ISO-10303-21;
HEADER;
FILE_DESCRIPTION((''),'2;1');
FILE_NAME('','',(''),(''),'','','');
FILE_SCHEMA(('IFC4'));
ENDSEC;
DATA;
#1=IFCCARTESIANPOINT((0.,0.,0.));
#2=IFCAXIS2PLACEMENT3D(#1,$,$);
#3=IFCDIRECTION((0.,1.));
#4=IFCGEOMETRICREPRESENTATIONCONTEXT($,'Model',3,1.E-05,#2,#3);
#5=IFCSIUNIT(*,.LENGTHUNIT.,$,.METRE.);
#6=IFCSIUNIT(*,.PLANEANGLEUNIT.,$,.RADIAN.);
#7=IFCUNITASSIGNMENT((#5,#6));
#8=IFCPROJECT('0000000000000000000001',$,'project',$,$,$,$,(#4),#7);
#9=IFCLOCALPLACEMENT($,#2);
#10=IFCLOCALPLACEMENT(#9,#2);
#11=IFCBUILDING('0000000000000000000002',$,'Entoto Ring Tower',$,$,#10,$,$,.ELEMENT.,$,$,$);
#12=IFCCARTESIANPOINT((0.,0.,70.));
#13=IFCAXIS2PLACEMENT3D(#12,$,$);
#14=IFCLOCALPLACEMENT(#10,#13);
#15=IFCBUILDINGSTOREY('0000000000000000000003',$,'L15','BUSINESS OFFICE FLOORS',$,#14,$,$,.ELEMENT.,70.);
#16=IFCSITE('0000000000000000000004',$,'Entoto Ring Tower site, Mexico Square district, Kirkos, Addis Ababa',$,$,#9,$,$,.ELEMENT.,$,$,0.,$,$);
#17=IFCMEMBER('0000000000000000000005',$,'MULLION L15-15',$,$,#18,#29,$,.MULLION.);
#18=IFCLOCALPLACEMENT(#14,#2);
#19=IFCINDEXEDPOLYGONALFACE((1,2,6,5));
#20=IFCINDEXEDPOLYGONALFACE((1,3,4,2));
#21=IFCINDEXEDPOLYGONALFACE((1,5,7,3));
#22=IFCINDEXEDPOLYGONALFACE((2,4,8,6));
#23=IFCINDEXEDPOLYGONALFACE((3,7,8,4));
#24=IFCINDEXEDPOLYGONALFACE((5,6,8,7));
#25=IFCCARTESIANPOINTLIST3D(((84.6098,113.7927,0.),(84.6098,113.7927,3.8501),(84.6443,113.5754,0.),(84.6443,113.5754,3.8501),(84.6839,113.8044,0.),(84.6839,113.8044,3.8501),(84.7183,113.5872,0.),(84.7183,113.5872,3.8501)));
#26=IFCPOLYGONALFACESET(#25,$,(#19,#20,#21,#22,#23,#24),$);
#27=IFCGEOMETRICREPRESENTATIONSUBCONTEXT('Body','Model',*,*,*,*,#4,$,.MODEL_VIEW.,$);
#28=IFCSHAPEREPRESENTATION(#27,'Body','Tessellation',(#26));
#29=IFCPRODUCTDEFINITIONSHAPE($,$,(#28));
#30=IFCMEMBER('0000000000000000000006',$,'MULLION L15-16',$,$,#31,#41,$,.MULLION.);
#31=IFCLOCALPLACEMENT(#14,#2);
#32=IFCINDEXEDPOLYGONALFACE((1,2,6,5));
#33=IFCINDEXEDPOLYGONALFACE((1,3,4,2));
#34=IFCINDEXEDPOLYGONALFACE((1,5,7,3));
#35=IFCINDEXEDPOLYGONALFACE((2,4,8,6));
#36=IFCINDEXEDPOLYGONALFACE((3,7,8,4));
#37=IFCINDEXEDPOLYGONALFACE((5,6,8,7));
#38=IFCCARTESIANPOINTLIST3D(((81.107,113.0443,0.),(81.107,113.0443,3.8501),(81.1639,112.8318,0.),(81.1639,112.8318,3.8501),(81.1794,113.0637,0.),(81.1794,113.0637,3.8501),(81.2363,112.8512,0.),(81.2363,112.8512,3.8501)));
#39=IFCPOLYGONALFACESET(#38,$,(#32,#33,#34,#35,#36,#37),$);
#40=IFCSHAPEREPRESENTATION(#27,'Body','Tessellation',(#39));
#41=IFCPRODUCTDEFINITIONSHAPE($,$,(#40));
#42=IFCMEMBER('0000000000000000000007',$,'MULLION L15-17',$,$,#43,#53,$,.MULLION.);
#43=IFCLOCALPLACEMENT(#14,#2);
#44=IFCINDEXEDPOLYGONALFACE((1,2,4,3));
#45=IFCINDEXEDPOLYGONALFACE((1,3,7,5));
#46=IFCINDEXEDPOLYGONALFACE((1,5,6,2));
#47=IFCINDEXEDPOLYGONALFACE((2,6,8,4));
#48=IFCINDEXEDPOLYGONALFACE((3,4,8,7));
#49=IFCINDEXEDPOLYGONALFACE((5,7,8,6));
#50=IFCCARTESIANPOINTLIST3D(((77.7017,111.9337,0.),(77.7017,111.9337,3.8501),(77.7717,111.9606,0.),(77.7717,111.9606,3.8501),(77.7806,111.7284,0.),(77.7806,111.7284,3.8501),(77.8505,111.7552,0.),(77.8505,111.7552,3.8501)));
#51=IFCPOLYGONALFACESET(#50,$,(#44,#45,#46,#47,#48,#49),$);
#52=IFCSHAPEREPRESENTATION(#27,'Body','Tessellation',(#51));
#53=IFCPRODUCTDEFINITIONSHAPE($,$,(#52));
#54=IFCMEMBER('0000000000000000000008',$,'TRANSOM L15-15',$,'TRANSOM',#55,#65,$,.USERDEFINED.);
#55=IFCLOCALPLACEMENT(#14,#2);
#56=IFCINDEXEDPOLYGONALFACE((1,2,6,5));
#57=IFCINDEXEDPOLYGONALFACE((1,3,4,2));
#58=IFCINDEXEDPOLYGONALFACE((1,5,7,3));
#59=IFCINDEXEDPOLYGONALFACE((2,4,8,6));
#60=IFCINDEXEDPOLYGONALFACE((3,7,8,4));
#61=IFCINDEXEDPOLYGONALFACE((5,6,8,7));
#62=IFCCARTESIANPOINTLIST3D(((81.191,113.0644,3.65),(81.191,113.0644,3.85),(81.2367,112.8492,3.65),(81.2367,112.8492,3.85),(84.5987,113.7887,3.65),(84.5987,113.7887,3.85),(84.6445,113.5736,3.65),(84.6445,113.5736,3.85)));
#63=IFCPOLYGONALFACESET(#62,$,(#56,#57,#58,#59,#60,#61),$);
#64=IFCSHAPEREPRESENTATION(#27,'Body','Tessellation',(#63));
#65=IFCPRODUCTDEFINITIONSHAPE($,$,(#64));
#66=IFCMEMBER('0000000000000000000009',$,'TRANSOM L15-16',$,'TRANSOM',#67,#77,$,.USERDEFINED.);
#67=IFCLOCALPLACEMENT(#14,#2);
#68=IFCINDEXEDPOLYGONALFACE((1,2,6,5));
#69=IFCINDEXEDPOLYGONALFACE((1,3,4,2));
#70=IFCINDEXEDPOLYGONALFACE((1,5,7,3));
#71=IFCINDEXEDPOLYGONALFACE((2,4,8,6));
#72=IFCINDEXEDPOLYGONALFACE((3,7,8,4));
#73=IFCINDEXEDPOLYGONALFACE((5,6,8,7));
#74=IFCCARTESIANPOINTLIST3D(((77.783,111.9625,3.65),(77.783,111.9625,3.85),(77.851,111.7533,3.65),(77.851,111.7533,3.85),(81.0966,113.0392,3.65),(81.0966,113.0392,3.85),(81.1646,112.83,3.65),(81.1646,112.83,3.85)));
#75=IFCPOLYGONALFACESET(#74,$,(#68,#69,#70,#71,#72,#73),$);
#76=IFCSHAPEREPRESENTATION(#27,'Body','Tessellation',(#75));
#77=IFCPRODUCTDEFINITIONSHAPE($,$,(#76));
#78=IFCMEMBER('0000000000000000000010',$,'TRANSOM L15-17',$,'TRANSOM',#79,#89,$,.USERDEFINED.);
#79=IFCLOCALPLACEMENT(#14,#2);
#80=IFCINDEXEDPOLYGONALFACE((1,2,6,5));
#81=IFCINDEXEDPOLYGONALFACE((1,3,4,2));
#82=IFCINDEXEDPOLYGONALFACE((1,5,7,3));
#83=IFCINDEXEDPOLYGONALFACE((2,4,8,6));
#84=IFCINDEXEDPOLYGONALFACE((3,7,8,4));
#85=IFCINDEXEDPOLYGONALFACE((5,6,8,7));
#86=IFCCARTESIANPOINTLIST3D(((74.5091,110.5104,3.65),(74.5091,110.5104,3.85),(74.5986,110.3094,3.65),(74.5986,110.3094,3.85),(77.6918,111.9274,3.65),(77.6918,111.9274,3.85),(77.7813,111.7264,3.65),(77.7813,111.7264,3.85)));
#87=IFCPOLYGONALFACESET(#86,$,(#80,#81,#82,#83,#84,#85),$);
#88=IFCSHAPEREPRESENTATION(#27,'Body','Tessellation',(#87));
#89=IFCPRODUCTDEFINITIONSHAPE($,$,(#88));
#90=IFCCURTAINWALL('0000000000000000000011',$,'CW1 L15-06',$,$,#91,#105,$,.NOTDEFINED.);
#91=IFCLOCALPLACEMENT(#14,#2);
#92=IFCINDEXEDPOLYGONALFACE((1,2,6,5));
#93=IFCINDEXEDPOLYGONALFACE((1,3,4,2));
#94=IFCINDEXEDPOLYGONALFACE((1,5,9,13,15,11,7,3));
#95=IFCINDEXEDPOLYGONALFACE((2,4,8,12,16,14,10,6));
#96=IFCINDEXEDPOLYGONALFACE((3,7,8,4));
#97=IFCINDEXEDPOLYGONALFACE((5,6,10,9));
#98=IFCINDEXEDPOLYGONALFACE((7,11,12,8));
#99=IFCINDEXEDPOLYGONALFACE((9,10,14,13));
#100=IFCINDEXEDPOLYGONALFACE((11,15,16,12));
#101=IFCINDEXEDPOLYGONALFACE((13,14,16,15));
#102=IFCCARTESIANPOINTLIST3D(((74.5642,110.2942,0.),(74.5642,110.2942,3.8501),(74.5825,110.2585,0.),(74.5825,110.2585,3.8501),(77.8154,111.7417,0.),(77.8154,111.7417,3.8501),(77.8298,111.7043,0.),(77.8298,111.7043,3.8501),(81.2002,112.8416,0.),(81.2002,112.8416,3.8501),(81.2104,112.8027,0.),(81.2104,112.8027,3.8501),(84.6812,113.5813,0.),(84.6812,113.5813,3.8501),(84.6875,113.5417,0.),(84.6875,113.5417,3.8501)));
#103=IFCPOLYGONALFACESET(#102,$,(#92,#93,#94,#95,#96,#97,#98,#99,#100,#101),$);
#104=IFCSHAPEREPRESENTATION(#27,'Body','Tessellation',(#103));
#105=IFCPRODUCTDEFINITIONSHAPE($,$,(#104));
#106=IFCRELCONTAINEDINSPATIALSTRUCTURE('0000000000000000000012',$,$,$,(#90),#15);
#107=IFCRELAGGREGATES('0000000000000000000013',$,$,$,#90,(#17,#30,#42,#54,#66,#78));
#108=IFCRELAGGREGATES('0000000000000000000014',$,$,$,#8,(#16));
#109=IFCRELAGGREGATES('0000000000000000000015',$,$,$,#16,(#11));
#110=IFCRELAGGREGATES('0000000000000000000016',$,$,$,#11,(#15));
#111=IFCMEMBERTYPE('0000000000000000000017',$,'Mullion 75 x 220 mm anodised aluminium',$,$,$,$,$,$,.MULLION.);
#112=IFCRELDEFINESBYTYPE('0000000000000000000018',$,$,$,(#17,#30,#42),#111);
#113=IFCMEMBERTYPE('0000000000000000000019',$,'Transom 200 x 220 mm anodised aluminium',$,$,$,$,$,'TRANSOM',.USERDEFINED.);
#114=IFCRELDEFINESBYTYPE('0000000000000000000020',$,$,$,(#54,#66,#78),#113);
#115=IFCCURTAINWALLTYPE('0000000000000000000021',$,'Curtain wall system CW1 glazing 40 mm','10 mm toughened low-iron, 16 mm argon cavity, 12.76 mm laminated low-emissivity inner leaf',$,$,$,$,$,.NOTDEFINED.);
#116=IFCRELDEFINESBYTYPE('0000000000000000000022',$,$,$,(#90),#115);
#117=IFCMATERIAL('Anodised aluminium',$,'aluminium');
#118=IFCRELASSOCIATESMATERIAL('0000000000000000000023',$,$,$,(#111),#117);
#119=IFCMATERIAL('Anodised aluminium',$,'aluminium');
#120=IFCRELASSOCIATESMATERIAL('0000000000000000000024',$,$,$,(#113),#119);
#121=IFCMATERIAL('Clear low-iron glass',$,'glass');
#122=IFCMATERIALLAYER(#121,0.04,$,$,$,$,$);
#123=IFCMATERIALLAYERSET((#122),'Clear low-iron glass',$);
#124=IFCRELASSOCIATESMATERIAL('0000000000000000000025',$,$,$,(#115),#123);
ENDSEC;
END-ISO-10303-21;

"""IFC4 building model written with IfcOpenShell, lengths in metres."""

from ifc_helpers import new_model, si_unit, direction, frame, origin, origin_2d, place, context, subcontext, project, spatial, polyline, rectangle, outline, extrude, material, layer, layer_set, material_profile, profile_set, type_object, element, aggregate, save


model = new_model("IFC4")

# Units and contexts
model_context = context("Model", 3, precision=1e-05, world=origin(), true_north=direction((0.0, 1.0)))
body_context = subcontext(model_context, "Body", "Model", "MODEL_VIEW")
ifc_project = project(units=[si_unit("LENGTHUNIT", "METRE"), si_unit("PLANEANGLEUNIT", "RADIAN")], contexts=[model_context])

# Members
ifc_material_1 = material(Name="Anodised aluminium", Category="aluminium")
ifc_material_profile_1 = material_profile(ifc_material_1, rectangle(XDim=0.075, YDim=0.22, at=origin_2d()), Name="Mullion 75 x 220 mm anodised aluminium")
ifc_profile_set_1 = profile_set([ifc_material_profile_1], Name="Anodised aluminium")
member_type_1 = type_object("IfcMemberType", Name="Mullion 75 x 220 mm anodised aluminium", PredefinedType="MULLION", material=ifc_profile_set_1)
site_placement = place(None, origin())
building_placement = place(site_placement, origin())
storey_placement = place(building_placement, frame((0.0, 0.0, 70.0)))
member_1_placement = place(storey_placement, frame((84.6641, 113.6899, 0.0), z_axis=(0.0, 0.0, 1.0), x_axis=(-0.987688, -0.156434, 0.0)))
member_1 = element("IfcMember", 1, at=member_1_placement, type_object=member_type_1, Name="MULLION L15-15", PredefinedType="MULLION", context=body_context, shape_type="SweptSolid", body=[
    extrude(rectangle(XDim=0.075, YDim=0.22, at=origin_2d()), origin(), (0.0, 0.0, 1.0), 3.8501),
])
member_2_placement = place(storey_placement, frame((81.1716, 112.9478, 0.0), z_axis=(0.0, 0.0, 1.0), x_axis=(-0.965926, -0.258819, 0.0)))
member_2 = element("IfcMember", 2, at=member_2_placement, type_object=member_type_1, Name="MULLION L15-16", PredefinedType="MULLION", context=body_context, shape_type="SweptSolid", body=[
    extrude(rectangle(XDim=0.075, YDim=0.22, at=origin_2d()), origin(), (0.0, 0.0, 1.0), 3.8501),
])
member_3_placement = place(storey_placement, frame((77.7761, 111.8445, 0.0), z_axis=(0.0, 0.0, 1.0), x_axis=(-0.93358, -0.358368, 0.0)))
member_3 = element("IfcMember", 3, at=member_3_placement, type_object=member_type_1, Name="MULLION L15-17", PredefinedType="MULLION", context=body_context, shape_type="SweptSolid", body=[
    extrude(rectangle(XDim=0.075, YDim=0.22, at=origin_2d()), origin(), (0.0, 0.0, 1.0), 3.8501),
])
ifc_material_2 = material(Name="Anodised aluminium", Category="aluminium")
ifc_material_profile_2 = material_profile(ifc_material_2, rectangle(XDim=0.22, YDim=0.2, at=origin_2d()), Name="Transom 200 x 220 mm anodised aluminium")
ifc_profile_set_2 = profile_set([ifc_material_profile_2], Name="Anodised aluminium")
member_type_2 = type_object("IfcMemberType", Name="Transom 200 x 220 mm anodised aluminium", ElementType="TRANSOM", PredefinedType="USERDEFINED", material=ifc_profile_set_2)
member_4_placement = place(storey_placement, frame((84.6216, 113.6812, 3.75), z_axis=(-0.978146, -0.207921, 0.0), x_axis=(0.207921, -0.978146, 0.0)))
member_4 = element("IfcMember", 4, at=member_4_placement, type_object=member_type_2, Name="TRANSOM L15-15", ObjectType="TRANSOM", PredefinedType="USERDEFINED", context=body_context, shape_type="SweptSolid", body=[
    extrude(rectangle(XDim=0.22, YDim=0.2, at=origin_2d()), origin(), (0.0, 0.0, 1.0), 3.4839),
])
member_5_placement = place(storey_placement, frame((81.1306, 112.9346, 3.75), z_axis=(-0.951053, -0.309029, 0.0), x_axis=(0.309029, -0.951053, 0.0)))
member_5 = element("IfcMember", 5, at=member_5_placement, type_object=member_type_2, Name="TRANSOM L15-16", ObjectType="TRANSOM", PredefinedType="USERDEFINED", context=body_context, shape_type="SweptSolid", body=[
    extrude(rectangle(XDim=0.22, YDim=0.2, at=origin_2d()), origin(), (0.0, 0.0, 1.0), 3.4841),
])
member_6_placement = place(storey_placement, frame((77.7366, 111.8269, 3.75), z_axis=(-0.913545, -0.406737, 0.0), x_axis=(0.406737, -0.913545, 0.0)))
member_6 = element("IfcMember", 6, at=member_6_placement, type_object=member_type_2, Name="TRANSOM L15-17", ObjectType="TRANSOM", PredefinedType="USERDEFINED", context=body_context, shape_type="SweptSolid", body=[
    extrude(rectangle(XDim=0.22, YDim=0.2, at=origin_2d()), origin(), (0.0, 0.0, 1.0), 3.4839),
])

# Site, building, storey
site = spatial("IfcSite", under=ifc_project, at=site_placement, Name="Entoto Ring Tower site, Mexico Square district, Kirkos, Addis Ababa", CompositionType="ELEMENT", RefElevation=0.0)
building = spatial("IfcBuilding", under=site, at=building_placement, Name="Entoto Ring Tower", CompositionType="ELEMENT")
storey = spatial("IfcBuildingStorey", under=building, at=storey_placement, Name="L15", Description="BUSINESS OFFICE FLOORS", CompositionType="ELEMENT", Elevation=70.0)

# Curtain wall
ifc_material_3 = material(Name="Clear low-iron glass", Category="glass")
ifc_layer = layer(ifc_material_3, 0.04)
ifc_layer_set = layer_set([ifc_layer], Name="Clear low-iron glass")
curtain_wall_type = type_object("IfcCurtainWallType", Name="Curtain wall system CW1 glazing 40 mm", Description="10 mm toughened low-iron, 16 mm argon cavity, 12.76 mm laminated low-emissivity inner leaf", PredefinedType="NOTDEFINED", material=ifc_layer_set)
curtain_wall_1_placement = place(storey_placement, origin())
curtain_wall_1 = element("IfcCurtainWall", 7, at=curtain_wall_1_placement, inside=storey, type_object=curtain_wall_type, Name="CW1 L15-06", PredefinedType="NOTDEFINED", context=body_context, shape_type="SweptSolid", body=[
    extrude(outline(polyline([(84.6812, 113.5813), (81.2002, 112.8416), (77.8154, 111.7417), (74.5642, 110.2942), (74.5825, 110.2585), (77.8298, 111.7043), (81.2104, 112.8027), (84.6875, 113.5417), (84.6812, 113.5813)])), origin(), (0.0, 0.0, 1.0), 3.8501),
])
aggregate(curtain_wall_1, [member_1, member_2, member_3, member_4, member_5, member_6])

save(model, "model.ifc")
